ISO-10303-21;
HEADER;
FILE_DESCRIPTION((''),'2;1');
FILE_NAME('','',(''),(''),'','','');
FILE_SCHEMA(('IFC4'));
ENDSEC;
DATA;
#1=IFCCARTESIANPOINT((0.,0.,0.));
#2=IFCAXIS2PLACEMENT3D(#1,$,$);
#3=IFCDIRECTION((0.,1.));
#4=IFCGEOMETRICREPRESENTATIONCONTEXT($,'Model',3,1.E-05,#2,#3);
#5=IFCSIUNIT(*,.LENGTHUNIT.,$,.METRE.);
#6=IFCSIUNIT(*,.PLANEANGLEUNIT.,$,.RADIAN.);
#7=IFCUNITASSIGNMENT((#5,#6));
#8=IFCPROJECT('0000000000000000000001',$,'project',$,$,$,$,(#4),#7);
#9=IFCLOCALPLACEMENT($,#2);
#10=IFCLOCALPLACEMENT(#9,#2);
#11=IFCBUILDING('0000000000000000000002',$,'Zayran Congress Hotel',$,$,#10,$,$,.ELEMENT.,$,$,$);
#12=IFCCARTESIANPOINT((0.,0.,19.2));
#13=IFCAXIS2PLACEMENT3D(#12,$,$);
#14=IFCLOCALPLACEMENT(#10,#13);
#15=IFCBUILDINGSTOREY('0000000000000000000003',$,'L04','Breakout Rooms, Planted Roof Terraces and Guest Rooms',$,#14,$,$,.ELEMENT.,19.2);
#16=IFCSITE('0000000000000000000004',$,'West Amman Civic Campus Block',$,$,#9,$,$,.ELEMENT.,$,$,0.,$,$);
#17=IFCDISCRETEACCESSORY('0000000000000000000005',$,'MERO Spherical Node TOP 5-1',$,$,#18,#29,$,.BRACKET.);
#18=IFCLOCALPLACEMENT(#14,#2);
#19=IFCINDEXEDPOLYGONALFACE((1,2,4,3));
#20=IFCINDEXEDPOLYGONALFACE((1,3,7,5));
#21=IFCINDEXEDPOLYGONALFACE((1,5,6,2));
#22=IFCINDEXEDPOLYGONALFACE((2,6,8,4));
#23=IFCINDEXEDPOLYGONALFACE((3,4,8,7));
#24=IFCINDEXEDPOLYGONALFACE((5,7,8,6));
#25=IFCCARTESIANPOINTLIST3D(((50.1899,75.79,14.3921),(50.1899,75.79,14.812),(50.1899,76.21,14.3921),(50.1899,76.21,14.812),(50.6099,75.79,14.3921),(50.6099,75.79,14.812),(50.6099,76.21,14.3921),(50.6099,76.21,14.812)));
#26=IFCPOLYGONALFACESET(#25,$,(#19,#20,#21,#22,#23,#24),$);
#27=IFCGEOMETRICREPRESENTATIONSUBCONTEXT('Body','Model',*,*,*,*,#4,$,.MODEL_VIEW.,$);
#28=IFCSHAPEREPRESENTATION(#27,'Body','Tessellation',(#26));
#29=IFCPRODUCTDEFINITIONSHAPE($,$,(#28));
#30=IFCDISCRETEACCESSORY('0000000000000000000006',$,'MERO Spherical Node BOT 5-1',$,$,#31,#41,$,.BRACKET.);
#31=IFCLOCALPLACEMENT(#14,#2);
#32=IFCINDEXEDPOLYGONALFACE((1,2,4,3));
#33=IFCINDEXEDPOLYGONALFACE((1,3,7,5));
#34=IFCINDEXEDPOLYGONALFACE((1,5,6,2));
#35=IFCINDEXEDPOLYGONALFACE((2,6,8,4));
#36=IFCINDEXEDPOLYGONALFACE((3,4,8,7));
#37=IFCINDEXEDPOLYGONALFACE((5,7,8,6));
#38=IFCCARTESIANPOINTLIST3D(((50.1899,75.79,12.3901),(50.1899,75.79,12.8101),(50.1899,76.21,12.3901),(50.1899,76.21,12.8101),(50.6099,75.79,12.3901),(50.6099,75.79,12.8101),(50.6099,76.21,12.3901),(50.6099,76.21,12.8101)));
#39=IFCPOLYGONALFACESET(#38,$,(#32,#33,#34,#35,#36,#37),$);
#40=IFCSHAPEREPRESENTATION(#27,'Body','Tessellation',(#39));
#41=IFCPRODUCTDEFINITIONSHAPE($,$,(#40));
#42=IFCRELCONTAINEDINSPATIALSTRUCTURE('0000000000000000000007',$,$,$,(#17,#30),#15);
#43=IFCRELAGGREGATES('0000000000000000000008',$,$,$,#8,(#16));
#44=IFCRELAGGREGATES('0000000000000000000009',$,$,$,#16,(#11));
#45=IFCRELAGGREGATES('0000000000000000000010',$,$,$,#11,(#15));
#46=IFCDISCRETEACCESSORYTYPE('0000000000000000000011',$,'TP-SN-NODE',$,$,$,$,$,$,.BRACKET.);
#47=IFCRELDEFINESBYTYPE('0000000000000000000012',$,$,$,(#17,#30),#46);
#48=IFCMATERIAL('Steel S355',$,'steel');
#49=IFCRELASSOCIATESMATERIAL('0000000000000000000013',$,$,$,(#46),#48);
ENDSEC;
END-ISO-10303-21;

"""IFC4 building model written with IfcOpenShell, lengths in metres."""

from ifc_helpers import new_model, si_unit, direction, frame, origin, origin_2d, place, context, subcontext, project, spatial, rectangle, extrude, material, type_object, element, save


model = new_model("IFC4")

# Units and contexts
model_context = context("Model", 3, precision=1e-05, world=origin(), true_north=direction((0.0, 1.0)))
body_context = subcontext(model_context, "Body", "Model", "MODEL_VIEW")
ifc_project = project(units=[si_unit("LENGTHUNIT", "METRE"), si_unit("PLANEANGLEUNIT", "RADIAN")], contexts=[model_context])

# Site, building, storey
site_placement = place(None, origin())
site = spatial("IfcSite", under=ifc_project, at=site_placement, Name="West Amman Civic Campus Block", CompositionType="ELEMENT", RefElevation=0.0)
building_placement = place(site_placement, origin())
building = spatial("IfcBuilding", under=site, at=building_placement, Name="Zayran Congress Hotel", CompositionType="ELEMENT")
storey_placement = place(building_placement, frame((0.0, 0.0, 19.2)))
storey = spatial("IfcBuildingStorey", under=building, at=storey_placement, Name="L04", Description="Breakout Rooms, Planted Roof Terraces and Guest Rooms", CompositionType="ELEMENT", Elevation=19.2)

# Shared definitions
ifc_material_1 = material(Name="Steel S355", Category="steel")

# Discrete accessories
discrete_accessory_type = type_object("IfcDiscreteAccessoryType", Name="TP-SN-NODE", PredefinedType="BRACKET", material=ifc_material_1)
for number, where, z_axis, x_axis, name in (
    (1, (50.3999, 76.0, 14.3921), (0.0, 0.0, 1.0), (1.0, 0.0, 0.0), "MERO Spherical Node TOP 5-1"),
    (2, (50.3999, 76.0, 12.3901), (0.0, 0.0, 1.0), (1.0, 0.0, 0.0), "MERO Spherical Node BOT 5-1"),
):
    element("IfcDiscreteAccessory", number, at=place(storey_placement, frame(where, z_axis=z_axis, x_axis=x_axis)), inside=storey, type_object=discrete_accessory_type, Name=name, PredefinedType="BRACKET", context=body_context, shape_type="SweptSolid", body=[
        extrude(rectangle(XDim=0.4199, YDim=0.4199, at=origin_2d()), origin(), (0.0, 0.0, 1.0), 0.4199),
    ])

save(model, "model.ifc")
